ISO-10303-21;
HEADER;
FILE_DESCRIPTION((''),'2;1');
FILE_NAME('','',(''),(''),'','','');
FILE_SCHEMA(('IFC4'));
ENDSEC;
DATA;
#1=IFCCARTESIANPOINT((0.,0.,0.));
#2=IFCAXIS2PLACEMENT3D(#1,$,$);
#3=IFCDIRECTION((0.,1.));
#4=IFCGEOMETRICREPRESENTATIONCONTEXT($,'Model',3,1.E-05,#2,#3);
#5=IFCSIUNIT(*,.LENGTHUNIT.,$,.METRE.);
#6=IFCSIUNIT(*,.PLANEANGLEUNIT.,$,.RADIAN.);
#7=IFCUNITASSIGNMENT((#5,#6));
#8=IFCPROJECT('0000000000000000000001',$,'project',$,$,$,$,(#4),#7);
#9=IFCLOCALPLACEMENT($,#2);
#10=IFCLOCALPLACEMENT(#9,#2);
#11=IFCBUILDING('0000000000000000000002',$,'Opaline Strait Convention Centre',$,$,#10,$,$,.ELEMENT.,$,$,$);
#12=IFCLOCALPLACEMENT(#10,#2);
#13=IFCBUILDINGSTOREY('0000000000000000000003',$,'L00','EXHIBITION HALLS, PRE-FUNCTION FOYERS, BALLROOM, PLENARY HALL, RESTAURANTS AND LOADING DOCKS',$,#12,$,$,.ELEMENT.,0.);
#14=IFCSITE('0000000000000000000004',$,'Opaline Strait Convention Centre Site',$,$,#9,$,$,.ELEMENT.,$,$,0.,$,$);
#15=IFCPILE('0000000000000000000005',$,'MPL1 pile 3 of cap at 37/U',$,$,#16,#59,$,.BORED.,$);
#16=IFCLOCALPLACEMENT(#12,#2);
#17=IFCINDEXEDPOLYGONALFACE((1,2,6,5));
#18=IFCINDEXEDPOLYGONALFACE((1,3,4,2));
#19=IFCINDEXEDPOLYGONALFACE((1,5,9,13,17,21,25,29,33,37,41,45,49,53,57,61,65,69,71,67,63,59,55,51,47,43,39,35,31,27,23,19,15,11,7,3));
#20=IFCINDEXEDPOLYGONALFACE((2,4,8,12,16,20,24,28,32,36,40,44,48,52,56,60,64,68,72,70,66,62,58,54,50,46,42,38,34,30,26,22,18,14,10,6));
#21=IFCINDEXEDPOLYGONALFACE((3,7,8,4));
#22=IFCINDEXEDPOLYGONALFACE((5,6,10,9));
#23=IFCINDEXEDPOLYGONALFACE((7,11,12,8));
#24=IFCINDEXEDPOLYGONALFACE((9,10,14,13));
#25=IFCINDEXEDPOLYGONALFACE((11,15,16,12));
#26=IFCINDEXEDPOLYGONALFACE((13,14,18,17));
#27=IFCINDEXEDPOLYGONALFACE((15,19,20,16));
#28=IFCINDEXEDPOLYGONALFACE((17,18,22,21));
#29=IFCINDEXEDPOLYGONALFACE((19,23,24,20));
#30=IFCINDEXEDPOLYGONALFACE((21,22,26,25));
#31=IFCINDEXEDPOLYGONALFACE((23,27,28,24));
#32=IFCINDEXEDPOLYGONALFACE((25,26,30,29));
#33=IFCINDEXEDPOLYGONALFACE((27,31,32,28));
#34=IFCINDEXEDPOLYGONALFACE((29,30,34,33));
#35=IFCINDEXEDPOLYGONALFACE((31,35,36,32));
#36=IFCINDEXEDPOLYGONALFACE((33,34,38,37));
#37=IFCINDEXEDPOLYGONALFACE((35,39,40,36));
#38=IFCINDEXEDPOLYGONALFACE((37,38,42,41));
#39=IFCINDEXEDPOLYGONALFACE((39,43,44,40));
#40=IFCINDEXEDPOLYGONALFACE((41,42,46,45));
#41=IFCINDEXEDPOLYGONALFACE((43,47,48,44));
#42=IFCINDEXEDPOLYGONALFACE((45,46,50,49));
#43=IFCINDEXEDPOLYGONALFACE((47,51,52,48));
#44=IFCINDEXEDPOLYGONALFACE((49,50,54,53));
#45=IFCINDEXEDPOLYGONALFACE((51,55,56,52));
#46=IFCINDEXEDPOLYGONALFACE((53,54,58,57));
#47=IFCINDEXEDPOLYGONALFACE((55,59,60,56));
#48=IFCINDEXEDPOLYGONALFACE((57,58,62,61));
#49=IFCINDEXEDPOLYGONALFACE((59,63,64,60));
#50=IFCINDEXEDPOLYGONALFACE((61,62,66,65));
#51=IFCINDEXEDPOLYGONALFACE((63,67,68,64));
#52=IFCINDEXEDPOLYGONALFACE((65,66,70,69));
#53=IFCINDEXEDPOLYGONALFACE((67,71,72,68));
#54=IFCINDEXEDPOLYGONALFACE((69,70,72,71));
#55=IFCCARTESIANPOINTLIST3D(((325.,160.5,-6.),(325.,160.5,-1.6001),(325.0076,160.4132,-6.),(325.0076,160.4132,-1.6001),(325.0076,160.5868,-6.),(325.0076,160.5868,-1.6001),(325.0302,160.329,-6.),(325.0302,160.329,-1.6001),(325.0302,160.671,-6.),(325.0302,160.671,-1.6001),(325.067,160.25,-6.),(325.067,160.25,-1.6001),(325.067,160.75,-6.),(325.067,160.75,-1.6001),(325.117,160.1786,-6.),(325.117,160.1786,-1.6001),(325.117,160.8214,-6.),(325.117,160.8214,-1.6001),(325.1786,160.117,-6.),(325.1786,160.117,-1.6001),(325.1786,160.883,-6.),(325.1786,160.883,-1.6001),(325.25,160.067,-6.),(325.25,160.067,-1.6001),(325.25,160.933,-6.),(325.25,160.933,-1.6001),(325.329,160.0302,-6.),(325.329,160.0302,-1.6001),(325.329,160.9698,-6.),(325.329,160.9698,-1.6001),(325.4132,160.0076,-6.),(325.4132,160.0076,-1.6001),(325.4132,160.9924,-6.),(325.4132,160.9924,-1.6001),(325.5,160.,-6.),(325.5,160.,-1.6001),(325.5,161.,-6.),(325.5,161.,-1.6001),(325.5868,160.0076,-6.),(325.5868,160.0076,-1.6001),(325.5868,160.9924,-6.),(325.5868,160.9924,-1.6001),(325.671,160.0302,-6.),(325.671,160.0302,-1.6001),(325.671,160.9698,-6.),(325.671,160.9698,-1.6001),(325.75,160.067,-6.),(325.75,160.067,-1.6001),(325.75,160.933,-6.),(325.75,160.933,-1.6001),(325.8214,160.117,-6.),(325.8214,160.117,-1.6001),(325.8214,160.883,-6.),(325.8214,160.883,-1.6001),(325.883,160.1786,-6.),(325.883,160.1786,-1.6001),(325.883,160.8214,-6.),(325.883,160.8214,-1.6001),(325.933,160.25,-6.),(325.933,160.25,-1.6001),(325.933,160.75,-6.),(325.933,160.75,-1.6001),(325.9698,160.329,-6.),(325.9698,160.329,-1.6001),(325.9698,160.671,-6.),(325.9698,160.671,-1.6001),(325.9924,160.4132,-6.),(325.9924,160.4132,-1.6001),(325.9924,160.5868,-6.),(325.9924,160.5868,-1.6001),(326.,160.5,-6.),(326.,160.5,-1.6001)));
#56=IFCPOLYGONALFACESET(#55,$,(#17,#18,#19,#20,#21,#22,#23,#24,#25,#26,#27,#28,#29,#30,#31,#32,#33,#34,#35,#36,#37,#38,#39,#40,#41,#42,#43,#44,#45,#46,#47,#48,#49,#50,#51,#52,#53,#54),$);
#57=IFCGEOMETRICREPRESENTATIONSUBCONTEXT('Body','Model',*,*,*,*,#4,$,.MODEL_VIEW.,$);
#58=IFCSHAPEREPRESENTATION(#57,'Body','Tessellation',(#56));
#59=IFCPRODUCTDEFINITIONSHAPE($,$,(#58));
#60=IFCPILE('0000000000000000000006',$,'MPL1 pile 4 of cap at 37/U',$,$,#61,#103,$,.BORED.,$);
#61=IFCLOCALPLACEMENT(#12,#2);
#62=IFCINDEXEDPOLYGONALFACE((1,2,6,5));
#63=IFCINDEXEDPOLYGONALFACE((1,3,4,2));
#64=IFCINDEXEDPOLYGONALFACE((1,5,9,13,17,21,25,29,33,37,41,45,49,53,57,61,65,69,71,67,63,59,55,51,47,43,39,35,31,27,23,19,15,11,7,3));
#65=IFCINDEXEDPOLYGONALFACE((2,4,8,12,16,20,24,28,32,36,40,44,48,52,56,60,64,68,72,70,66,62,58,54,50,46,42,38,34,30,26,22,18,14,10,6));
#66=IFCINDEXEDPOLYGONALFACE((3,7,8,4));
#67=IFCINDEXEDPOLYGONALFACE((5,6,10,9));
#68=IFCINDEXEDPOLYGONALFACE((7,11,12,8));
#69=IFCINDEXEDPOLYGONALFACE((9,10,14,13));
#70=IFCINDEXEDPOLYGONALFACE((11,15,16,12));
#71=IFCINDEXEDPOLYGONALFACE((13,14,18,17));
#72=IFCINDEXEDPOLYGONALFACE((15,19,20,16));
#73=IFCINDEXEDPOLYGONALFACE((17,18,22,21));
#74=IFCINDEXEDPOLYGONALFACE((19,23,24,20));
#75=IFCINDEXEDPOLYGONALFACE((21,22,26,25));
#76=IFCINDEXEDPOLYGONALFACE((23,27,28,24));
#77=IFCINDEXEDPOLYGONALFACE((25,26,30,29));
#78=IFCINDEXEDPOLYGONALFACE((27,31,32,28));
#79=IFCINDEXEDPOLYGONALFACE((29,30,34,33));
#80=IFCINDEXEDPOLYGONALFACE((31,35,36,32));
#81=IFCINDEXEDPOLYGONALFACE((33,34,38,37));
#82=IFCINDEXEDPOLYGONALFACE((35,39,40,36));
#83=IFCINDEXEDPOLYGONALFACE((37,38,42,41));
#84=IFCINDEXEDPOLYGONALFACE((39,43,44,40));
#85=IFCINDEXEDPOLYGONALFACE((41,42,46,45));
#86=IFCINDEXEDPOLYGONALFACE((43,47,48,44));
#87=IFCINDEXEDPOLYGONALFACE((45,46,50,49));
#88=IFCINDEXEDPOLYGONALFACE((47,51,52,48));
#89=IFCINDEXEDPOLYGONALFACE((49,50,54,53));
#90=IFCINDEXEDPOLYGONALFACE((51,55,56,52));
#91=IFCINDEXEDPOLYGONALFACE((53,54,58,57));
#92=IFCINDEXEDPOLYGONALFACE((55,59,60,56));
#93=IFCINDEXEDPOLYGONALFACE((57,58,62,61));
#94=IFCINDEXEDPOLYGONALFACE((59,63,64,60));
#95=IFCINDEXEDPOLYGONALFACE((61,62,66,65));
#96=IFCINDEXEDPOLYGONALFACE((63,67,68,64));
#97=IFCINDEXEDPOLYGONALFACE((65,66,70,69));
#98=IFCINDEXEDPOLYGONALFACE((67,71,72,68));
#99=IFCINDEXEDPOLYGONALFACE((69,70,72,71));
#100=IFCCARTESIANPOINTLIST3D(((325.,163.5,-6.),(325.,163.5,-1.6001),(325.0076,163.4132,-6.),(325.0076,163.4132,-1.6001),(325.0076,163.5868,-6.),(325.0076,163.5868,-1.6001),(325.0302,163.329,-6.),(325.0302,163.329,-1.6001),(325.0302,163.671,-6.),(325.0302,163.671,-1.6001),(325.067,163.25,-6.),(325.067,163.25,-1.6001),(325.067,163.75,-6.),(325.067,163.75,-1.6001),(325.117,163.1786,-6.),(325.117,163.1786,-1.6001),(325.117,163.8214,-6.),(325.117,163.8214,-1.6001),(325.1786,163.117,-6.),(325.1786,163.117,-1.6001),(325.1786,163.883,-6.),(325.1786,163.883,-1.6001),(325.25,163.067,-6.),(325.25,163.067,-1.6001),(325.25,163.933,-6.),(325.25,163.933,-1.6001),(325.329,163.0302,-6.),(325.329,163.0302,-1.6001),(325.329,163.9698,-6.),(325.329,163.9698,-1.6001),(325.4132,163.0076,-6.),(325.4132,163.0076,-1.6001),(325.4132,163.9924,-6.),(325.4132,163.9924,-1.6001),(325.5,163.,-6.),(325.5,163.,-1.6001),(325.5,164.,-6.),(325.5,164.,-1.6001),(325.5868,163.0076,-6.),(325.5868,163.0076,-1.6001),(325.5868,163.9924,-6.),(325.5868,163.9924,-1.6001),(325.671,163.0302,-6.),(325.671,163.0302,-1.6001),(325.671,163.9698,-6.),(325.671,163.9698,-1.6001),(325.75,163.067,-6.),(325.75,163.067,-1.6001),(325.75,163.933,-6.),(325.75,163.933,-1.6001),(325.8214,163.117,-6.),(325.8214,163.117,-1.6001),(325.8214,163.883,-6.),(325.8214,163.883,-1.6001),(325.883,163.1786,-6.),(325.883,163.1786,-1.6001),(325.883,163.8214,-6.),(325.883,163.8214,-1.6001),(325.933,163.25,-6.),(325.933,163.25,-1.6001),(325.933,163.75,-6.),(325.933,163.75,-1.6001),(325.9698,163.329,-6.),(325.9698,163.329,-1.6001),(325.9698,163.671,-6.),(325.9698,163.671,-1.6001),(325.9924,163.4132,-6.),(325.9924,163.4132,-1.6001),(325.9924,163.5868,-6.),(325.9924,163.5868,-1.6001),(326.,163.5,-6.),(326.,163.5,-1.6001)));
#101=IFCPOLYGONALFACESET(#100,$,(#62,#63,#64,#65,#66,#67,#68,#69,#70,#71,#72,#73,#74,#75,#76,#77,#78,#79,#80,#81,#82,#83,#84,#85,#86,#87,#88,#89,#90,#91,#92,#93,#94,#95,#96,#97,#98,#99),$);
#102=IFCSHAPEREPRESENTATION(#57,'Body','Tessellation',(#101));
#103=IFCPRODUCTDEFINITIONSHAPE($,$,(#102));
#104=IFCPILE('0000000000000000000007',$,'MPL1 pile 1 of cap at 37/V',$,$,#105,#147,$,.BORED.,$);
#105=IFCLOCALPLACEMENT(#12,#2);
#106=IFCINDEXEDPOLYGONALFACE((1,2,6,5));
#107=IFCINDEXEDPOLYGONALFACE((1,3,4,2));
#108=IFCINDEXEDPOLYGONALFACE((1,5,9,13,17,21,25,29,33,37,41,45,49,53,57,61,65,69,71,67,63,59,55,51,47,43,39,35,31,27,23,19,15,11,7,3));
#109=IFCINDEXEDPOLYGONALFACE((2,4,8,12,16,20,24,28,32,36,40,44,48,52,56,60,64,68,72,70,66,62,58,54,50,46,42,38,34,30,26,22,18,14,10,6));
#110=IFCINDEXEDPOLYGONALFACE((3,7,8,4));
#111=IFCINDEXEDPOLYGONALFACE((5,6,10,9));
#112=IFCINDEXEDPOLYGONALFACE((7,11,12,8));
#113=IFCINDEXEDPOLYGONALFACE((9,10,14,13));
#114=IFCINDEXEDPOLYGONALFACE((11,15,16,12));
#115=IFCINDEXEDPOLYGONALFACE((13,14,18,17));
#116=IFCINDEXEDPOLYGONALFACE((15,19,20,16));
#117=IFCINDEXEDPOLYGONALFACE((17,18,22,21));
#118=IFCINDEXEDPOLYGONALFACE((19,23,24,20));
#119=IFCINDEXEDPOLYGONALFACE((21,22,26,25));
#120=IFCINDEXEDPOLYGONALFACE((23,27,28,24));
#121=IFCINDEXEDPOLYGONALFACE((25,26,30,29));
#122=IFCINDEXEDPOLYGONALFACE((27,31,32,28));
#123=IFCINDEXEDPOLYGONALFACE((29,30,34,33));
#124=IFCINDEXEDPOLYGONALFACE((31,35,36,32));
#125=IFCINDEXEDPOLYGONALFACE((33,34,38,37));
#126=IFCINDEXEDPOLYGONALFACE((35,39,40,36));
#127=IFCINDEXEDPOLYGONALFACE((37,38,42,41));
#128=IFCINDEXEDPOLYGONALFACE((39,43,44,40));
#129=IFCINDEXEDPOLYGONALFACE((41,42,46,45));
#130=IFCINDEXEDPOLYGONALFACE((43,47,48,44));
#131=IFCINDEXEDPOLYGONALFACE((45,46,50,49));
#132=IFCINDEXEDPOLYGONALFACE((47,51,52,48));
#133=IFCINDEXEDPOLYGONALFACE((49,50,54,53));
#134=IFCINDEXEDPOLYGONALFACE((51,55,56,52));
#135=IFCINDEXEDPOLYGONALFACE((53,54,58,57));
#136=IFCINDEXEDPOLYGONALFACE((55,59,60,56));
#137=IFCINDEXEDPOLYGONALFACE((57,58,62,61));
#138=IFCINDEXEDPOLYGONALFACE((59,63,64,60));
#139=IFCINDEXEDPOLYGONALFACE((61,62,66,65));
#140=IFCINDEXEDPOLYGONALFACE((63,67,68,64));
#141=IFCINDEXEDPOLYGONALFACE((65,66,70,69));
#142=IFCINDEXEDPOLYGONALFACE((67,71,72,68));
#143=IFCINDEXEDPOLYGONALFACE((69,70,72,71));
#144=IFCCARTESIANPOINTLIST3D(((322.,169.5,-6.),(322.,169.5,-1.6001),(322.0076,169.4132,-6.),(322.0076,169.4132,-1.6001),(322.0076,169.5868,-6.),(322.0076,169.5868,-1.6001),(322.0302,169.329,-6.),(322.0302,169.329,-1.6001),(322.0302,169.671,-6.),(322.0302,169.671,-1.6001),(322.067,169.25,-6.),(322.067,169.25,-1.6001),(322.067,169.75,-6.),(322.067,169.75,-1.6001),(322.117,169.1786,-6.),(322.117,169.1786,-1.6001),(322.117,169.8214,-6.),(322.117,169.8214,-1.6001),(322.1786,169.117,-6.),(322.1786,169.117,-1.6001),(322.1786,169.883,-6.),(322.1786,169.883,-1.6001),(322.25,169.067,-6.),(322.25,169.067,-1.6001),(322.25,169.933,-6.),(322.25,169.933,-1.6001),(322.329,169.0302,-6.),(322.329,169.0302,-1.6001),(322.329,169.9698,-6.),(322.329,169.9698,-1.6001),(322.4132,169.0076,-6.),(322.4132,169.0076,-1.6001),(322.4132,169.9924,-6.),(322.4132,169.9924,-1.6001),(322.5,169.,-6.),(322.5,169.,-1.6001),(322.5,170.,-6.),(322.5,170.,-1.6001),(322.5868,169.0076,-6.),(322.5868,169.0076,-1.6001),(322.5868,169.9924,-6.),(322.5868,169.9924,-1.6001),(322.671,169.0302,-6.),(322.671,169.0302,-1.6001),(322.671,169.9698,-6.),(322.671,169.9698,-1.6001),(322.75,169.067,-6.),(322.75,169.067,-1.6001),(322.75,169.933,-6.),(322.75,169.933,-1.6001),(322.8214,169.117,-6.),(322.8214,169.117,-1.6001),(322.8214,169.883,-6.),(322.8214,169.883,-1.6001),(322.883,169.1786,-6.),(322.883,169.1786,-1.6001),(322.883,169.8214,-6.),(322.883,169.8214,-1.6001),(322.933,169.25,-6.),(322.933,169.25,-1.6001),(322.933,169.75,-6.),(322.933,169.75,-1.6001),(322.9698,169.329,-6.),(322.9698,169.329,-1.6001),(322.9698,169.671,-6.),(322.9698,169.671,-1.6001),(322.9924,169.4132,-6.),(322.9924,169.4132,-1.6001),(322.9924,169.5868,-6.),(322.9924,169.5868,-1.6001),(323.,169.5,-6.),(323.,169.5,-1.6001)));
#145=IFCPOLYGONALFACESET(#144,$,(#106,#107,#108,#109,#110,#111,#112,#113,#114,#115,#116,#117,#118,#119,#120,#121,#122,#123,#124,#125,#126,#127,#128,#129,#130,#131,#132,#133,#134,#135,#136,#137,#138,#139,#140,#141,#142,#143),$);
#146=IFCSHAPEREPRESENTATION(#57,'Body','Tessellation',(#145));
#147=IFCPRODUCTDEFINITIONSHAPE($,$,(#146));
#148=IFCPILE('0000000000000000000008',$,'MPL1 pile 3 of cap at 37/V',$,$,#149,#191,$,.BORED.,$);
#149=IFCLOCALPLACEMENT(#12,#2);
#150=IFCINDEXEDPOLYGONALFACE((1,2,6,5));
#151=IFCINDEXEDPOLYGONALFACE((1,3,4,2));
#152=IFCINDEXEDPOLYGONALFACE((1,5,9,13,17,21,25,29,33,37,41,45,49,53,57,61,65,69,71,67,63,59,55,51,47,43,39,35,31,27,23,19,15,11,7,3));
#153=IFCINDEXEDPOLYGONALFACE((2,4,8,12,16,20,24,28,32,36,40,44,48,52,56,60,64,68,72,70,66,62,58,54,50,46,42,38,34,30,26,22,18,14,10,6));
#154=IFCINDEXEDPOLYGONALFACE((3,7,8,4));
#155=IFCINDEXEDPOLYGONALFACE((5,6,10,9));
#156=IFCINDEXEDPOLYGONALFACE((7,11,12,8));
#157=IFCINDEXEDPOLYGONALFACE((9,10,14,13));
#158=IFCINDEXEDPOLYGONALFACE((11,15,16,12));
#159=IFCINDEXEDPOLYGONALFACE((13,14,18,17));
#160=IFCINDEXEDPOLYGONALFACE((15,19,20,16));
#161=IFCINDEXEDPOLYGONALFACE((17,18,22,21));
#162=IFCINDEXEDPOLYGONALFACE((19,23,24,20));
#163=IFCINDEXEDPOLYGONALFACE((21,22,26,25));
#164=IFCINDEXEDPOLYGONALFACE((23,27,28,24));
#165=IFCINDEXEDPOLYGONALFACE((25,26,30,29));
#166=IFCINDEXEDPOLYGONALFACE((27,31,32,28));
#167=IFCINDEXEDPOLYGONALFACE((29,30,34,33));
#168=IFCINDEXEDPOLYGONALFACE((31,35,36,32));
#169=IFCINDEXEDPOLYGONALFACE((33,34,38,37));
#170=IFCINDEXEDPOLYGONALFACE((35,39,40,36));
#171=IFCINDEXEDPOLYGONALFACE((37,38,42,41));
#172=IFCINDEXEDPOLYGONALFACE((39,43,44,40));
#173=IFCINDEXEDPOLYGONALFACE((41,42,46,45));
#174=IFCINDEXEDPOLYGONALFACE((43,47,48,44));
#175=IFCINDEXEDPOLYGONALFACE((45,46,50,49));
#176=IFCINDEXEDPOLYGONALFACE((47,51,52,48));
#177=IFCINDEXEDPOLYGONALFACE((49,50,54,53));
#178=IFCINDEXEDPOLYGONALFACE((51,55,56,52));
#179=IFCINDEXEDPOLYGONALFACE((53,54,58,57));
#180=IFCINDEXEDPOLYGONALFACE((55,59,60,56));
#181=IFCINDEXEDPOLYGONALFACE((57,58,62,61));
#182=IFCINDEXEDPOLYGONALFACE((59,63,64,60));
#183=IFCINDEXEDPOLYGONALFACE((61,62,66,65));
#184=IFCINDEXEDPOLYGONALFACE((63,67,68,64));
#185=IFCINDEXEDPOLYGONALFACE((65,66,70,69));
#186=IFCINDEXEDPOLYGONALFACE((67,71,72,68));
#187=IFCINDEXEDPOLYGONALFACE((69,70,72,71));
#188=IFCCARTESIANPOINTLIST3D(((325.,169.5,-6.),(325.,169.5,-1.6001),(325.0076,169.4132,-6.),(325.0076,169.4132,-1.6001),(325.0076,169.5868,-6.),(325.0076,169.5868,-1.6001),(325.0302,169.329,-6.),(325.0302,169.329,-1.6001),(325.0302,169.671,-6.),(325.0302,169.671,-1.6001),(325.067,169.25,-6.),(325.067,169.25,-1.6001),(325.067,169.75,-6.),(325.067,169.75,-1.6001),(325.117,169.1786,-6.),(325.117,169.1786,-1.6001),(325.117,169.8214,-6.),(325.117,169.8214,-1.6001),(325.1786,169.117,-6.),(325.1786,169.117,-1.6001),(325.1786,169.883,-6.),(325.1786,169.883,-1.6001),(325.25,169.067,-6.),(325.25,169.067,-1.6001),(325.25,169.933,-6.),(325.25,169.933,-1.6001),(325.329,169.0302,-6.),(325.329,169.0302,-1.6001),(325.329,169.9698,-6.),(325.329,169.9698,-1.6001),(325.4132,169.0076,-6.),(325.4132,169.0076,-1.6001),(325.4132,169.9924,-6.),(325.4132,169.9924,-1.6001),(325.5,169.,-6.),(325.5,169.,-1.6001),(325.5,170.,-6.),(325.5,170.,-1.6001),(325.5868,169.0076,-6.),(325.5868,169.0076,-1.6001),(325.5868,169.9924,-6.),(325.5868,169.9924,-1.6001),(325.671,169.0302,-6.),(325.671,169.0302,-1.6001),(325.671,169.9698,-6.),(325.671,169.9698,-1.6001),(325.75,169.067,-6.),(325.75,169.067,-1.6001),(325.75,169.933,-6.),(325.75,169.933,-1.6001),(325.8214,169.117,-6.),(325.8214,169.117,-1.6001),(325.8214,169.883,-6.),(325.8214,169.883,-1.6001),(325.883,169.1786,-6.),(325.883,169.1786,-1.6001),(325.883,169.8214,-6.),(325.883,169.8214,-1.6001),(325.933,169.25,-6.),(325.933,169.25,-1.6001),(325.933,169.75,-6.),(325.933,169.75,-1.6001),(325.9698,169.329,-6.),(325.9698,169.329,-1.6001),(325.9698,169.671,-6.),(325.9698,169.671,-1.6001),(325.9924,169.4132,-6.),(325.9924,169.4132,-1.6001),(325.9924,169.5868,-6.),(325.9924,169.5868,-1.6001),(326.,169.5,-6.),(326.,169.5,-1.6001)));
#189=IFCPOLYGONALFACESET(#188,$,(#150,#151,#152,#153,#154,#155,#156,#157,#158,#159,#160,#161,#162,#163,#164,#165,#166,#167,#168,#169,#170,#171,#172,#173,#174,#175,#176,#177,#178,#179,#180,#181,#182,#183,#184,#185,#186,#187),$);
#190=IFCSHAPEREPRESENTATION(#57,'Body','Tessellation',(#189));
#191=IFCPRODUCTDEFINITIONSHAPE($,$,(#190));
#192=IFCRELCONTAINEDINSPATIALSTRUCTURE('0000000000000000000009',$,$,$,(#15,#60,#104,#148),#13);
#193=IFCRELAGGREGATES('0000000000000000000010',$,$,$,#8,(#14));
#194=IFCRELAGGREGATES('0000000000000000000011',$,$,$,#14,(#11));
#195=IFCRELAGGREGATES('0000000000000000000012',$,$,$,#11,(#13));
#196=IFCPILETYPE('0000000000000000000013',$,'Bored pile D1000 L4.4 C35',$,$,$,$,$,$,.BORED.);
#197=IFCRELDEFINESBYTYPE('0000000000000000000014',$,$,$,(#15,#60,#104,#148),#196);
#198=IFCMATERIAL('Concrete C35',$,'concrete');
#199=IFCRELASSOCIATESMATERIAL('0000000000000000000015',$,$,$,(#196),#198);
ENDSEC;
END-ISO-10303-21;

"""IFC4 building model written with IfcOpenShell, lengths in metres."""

from ifc_helpers import new_model, si_unit, direction, frame, origin, origin_2d, place, context, subcontext, project, spatial, circle, extrude, material, material_profile, profile_set, type_object, element, save


model = new_model("IFC4")

# Units and contexts
model_context = context("Model", 3, precision=1e-05, world=origin(), true_north=direction((0.0, 1.0)))
body_context = subcontext(model_context, "Body", "Model", "MODEL_VIEW")
ifc_project = project(units=[si_unit("LENGTHUNIT", "METRE"), si_unit("PLANEANGLEUNIT", "RADIAN")], contexts=[model_context])

# Site, building, storey
site_placement = place(None, origin())
site = spatial("IfcSite", under=ifc_project, at=site_placement, Name="Opaline Strait Convention Centre Site", CompositionType="ELEMENT", RefElevation=0.0)
building_placement = place(site_placement, origin())
building = spatial("IfcBuilding", under=site, at=building_placement, Name="Opaline Strait Convention Centre", CompositionType="ELEMENT")
storey_placement = place(building_placement, origin())
storey = spatial("IfcBuildingStorey", under=building, at=storey_placement, Name="L00", Description="EXHIBITION HALLS, PRE-FUNCTION FOYERS, BALLROOM, PLENARY HALL, RESTAURANTS AND LOADING DOCKS", CompositionType="ELEMENT", Elevation=0.0)

# Piles
ifc_material_1 = material(Name="Concrete C35", Category="concrete")
ifc_material_profile_1 = material_profile(ifc_material_1, circle(Radius=0.5, at=origin_2d()), Name="D1000")
ifc_profile_set_1 = profile_set([ifc_material_profile_1], Name="Concrete C35")
pile_type = type_object("IfcPileType", Name="Bored pile D1000 L4.4 C35", PredefinedType="BORED", material=ifc_profile_set_1)
for number, where, z_axis, x_axis, name in (
    (1, (325.5, 160.5, -1.6001), (0.0, 0.0, -1.0), (1.0, 0.0, 0.0), "MPL1 pile 3 of cap at 37/U"),
    (2, (325.5, 163.5, -1.6001), (0.0, 0.0, -1.0), (1.0, 0.0, 0.0), "MPL1 pile 4 of cap at 37/U"),
    (3, (322.5, 169.5, -1.6001), (0.0, 0.0, -1.0), (1.0, 0.0, 0.0), "MPL1 pile 1 of cap at 37/V"),
    (4, (325.5, 169.5, -1.6001), (0.0, 0.0, -1.0), (1.0, 0.0, 0.0), "MPL1 pile 3 of cap at 37/V"),
):
    element("IfcPile", number, at=place(storey_placement, frame(where, z_axis=z_axis, x_axis=x_axis)), inside=storey, type_object=pile_type, Name=name, PredefinedType="BORED", context=body_context, shape_type="SweptSolid", body=[
        extrude(circle(Radius=0.5, at=origin_2d()), origin(), (0.0, 0.0, 1.0), 4.3999),
    ])

save(model, "model.ifc")
